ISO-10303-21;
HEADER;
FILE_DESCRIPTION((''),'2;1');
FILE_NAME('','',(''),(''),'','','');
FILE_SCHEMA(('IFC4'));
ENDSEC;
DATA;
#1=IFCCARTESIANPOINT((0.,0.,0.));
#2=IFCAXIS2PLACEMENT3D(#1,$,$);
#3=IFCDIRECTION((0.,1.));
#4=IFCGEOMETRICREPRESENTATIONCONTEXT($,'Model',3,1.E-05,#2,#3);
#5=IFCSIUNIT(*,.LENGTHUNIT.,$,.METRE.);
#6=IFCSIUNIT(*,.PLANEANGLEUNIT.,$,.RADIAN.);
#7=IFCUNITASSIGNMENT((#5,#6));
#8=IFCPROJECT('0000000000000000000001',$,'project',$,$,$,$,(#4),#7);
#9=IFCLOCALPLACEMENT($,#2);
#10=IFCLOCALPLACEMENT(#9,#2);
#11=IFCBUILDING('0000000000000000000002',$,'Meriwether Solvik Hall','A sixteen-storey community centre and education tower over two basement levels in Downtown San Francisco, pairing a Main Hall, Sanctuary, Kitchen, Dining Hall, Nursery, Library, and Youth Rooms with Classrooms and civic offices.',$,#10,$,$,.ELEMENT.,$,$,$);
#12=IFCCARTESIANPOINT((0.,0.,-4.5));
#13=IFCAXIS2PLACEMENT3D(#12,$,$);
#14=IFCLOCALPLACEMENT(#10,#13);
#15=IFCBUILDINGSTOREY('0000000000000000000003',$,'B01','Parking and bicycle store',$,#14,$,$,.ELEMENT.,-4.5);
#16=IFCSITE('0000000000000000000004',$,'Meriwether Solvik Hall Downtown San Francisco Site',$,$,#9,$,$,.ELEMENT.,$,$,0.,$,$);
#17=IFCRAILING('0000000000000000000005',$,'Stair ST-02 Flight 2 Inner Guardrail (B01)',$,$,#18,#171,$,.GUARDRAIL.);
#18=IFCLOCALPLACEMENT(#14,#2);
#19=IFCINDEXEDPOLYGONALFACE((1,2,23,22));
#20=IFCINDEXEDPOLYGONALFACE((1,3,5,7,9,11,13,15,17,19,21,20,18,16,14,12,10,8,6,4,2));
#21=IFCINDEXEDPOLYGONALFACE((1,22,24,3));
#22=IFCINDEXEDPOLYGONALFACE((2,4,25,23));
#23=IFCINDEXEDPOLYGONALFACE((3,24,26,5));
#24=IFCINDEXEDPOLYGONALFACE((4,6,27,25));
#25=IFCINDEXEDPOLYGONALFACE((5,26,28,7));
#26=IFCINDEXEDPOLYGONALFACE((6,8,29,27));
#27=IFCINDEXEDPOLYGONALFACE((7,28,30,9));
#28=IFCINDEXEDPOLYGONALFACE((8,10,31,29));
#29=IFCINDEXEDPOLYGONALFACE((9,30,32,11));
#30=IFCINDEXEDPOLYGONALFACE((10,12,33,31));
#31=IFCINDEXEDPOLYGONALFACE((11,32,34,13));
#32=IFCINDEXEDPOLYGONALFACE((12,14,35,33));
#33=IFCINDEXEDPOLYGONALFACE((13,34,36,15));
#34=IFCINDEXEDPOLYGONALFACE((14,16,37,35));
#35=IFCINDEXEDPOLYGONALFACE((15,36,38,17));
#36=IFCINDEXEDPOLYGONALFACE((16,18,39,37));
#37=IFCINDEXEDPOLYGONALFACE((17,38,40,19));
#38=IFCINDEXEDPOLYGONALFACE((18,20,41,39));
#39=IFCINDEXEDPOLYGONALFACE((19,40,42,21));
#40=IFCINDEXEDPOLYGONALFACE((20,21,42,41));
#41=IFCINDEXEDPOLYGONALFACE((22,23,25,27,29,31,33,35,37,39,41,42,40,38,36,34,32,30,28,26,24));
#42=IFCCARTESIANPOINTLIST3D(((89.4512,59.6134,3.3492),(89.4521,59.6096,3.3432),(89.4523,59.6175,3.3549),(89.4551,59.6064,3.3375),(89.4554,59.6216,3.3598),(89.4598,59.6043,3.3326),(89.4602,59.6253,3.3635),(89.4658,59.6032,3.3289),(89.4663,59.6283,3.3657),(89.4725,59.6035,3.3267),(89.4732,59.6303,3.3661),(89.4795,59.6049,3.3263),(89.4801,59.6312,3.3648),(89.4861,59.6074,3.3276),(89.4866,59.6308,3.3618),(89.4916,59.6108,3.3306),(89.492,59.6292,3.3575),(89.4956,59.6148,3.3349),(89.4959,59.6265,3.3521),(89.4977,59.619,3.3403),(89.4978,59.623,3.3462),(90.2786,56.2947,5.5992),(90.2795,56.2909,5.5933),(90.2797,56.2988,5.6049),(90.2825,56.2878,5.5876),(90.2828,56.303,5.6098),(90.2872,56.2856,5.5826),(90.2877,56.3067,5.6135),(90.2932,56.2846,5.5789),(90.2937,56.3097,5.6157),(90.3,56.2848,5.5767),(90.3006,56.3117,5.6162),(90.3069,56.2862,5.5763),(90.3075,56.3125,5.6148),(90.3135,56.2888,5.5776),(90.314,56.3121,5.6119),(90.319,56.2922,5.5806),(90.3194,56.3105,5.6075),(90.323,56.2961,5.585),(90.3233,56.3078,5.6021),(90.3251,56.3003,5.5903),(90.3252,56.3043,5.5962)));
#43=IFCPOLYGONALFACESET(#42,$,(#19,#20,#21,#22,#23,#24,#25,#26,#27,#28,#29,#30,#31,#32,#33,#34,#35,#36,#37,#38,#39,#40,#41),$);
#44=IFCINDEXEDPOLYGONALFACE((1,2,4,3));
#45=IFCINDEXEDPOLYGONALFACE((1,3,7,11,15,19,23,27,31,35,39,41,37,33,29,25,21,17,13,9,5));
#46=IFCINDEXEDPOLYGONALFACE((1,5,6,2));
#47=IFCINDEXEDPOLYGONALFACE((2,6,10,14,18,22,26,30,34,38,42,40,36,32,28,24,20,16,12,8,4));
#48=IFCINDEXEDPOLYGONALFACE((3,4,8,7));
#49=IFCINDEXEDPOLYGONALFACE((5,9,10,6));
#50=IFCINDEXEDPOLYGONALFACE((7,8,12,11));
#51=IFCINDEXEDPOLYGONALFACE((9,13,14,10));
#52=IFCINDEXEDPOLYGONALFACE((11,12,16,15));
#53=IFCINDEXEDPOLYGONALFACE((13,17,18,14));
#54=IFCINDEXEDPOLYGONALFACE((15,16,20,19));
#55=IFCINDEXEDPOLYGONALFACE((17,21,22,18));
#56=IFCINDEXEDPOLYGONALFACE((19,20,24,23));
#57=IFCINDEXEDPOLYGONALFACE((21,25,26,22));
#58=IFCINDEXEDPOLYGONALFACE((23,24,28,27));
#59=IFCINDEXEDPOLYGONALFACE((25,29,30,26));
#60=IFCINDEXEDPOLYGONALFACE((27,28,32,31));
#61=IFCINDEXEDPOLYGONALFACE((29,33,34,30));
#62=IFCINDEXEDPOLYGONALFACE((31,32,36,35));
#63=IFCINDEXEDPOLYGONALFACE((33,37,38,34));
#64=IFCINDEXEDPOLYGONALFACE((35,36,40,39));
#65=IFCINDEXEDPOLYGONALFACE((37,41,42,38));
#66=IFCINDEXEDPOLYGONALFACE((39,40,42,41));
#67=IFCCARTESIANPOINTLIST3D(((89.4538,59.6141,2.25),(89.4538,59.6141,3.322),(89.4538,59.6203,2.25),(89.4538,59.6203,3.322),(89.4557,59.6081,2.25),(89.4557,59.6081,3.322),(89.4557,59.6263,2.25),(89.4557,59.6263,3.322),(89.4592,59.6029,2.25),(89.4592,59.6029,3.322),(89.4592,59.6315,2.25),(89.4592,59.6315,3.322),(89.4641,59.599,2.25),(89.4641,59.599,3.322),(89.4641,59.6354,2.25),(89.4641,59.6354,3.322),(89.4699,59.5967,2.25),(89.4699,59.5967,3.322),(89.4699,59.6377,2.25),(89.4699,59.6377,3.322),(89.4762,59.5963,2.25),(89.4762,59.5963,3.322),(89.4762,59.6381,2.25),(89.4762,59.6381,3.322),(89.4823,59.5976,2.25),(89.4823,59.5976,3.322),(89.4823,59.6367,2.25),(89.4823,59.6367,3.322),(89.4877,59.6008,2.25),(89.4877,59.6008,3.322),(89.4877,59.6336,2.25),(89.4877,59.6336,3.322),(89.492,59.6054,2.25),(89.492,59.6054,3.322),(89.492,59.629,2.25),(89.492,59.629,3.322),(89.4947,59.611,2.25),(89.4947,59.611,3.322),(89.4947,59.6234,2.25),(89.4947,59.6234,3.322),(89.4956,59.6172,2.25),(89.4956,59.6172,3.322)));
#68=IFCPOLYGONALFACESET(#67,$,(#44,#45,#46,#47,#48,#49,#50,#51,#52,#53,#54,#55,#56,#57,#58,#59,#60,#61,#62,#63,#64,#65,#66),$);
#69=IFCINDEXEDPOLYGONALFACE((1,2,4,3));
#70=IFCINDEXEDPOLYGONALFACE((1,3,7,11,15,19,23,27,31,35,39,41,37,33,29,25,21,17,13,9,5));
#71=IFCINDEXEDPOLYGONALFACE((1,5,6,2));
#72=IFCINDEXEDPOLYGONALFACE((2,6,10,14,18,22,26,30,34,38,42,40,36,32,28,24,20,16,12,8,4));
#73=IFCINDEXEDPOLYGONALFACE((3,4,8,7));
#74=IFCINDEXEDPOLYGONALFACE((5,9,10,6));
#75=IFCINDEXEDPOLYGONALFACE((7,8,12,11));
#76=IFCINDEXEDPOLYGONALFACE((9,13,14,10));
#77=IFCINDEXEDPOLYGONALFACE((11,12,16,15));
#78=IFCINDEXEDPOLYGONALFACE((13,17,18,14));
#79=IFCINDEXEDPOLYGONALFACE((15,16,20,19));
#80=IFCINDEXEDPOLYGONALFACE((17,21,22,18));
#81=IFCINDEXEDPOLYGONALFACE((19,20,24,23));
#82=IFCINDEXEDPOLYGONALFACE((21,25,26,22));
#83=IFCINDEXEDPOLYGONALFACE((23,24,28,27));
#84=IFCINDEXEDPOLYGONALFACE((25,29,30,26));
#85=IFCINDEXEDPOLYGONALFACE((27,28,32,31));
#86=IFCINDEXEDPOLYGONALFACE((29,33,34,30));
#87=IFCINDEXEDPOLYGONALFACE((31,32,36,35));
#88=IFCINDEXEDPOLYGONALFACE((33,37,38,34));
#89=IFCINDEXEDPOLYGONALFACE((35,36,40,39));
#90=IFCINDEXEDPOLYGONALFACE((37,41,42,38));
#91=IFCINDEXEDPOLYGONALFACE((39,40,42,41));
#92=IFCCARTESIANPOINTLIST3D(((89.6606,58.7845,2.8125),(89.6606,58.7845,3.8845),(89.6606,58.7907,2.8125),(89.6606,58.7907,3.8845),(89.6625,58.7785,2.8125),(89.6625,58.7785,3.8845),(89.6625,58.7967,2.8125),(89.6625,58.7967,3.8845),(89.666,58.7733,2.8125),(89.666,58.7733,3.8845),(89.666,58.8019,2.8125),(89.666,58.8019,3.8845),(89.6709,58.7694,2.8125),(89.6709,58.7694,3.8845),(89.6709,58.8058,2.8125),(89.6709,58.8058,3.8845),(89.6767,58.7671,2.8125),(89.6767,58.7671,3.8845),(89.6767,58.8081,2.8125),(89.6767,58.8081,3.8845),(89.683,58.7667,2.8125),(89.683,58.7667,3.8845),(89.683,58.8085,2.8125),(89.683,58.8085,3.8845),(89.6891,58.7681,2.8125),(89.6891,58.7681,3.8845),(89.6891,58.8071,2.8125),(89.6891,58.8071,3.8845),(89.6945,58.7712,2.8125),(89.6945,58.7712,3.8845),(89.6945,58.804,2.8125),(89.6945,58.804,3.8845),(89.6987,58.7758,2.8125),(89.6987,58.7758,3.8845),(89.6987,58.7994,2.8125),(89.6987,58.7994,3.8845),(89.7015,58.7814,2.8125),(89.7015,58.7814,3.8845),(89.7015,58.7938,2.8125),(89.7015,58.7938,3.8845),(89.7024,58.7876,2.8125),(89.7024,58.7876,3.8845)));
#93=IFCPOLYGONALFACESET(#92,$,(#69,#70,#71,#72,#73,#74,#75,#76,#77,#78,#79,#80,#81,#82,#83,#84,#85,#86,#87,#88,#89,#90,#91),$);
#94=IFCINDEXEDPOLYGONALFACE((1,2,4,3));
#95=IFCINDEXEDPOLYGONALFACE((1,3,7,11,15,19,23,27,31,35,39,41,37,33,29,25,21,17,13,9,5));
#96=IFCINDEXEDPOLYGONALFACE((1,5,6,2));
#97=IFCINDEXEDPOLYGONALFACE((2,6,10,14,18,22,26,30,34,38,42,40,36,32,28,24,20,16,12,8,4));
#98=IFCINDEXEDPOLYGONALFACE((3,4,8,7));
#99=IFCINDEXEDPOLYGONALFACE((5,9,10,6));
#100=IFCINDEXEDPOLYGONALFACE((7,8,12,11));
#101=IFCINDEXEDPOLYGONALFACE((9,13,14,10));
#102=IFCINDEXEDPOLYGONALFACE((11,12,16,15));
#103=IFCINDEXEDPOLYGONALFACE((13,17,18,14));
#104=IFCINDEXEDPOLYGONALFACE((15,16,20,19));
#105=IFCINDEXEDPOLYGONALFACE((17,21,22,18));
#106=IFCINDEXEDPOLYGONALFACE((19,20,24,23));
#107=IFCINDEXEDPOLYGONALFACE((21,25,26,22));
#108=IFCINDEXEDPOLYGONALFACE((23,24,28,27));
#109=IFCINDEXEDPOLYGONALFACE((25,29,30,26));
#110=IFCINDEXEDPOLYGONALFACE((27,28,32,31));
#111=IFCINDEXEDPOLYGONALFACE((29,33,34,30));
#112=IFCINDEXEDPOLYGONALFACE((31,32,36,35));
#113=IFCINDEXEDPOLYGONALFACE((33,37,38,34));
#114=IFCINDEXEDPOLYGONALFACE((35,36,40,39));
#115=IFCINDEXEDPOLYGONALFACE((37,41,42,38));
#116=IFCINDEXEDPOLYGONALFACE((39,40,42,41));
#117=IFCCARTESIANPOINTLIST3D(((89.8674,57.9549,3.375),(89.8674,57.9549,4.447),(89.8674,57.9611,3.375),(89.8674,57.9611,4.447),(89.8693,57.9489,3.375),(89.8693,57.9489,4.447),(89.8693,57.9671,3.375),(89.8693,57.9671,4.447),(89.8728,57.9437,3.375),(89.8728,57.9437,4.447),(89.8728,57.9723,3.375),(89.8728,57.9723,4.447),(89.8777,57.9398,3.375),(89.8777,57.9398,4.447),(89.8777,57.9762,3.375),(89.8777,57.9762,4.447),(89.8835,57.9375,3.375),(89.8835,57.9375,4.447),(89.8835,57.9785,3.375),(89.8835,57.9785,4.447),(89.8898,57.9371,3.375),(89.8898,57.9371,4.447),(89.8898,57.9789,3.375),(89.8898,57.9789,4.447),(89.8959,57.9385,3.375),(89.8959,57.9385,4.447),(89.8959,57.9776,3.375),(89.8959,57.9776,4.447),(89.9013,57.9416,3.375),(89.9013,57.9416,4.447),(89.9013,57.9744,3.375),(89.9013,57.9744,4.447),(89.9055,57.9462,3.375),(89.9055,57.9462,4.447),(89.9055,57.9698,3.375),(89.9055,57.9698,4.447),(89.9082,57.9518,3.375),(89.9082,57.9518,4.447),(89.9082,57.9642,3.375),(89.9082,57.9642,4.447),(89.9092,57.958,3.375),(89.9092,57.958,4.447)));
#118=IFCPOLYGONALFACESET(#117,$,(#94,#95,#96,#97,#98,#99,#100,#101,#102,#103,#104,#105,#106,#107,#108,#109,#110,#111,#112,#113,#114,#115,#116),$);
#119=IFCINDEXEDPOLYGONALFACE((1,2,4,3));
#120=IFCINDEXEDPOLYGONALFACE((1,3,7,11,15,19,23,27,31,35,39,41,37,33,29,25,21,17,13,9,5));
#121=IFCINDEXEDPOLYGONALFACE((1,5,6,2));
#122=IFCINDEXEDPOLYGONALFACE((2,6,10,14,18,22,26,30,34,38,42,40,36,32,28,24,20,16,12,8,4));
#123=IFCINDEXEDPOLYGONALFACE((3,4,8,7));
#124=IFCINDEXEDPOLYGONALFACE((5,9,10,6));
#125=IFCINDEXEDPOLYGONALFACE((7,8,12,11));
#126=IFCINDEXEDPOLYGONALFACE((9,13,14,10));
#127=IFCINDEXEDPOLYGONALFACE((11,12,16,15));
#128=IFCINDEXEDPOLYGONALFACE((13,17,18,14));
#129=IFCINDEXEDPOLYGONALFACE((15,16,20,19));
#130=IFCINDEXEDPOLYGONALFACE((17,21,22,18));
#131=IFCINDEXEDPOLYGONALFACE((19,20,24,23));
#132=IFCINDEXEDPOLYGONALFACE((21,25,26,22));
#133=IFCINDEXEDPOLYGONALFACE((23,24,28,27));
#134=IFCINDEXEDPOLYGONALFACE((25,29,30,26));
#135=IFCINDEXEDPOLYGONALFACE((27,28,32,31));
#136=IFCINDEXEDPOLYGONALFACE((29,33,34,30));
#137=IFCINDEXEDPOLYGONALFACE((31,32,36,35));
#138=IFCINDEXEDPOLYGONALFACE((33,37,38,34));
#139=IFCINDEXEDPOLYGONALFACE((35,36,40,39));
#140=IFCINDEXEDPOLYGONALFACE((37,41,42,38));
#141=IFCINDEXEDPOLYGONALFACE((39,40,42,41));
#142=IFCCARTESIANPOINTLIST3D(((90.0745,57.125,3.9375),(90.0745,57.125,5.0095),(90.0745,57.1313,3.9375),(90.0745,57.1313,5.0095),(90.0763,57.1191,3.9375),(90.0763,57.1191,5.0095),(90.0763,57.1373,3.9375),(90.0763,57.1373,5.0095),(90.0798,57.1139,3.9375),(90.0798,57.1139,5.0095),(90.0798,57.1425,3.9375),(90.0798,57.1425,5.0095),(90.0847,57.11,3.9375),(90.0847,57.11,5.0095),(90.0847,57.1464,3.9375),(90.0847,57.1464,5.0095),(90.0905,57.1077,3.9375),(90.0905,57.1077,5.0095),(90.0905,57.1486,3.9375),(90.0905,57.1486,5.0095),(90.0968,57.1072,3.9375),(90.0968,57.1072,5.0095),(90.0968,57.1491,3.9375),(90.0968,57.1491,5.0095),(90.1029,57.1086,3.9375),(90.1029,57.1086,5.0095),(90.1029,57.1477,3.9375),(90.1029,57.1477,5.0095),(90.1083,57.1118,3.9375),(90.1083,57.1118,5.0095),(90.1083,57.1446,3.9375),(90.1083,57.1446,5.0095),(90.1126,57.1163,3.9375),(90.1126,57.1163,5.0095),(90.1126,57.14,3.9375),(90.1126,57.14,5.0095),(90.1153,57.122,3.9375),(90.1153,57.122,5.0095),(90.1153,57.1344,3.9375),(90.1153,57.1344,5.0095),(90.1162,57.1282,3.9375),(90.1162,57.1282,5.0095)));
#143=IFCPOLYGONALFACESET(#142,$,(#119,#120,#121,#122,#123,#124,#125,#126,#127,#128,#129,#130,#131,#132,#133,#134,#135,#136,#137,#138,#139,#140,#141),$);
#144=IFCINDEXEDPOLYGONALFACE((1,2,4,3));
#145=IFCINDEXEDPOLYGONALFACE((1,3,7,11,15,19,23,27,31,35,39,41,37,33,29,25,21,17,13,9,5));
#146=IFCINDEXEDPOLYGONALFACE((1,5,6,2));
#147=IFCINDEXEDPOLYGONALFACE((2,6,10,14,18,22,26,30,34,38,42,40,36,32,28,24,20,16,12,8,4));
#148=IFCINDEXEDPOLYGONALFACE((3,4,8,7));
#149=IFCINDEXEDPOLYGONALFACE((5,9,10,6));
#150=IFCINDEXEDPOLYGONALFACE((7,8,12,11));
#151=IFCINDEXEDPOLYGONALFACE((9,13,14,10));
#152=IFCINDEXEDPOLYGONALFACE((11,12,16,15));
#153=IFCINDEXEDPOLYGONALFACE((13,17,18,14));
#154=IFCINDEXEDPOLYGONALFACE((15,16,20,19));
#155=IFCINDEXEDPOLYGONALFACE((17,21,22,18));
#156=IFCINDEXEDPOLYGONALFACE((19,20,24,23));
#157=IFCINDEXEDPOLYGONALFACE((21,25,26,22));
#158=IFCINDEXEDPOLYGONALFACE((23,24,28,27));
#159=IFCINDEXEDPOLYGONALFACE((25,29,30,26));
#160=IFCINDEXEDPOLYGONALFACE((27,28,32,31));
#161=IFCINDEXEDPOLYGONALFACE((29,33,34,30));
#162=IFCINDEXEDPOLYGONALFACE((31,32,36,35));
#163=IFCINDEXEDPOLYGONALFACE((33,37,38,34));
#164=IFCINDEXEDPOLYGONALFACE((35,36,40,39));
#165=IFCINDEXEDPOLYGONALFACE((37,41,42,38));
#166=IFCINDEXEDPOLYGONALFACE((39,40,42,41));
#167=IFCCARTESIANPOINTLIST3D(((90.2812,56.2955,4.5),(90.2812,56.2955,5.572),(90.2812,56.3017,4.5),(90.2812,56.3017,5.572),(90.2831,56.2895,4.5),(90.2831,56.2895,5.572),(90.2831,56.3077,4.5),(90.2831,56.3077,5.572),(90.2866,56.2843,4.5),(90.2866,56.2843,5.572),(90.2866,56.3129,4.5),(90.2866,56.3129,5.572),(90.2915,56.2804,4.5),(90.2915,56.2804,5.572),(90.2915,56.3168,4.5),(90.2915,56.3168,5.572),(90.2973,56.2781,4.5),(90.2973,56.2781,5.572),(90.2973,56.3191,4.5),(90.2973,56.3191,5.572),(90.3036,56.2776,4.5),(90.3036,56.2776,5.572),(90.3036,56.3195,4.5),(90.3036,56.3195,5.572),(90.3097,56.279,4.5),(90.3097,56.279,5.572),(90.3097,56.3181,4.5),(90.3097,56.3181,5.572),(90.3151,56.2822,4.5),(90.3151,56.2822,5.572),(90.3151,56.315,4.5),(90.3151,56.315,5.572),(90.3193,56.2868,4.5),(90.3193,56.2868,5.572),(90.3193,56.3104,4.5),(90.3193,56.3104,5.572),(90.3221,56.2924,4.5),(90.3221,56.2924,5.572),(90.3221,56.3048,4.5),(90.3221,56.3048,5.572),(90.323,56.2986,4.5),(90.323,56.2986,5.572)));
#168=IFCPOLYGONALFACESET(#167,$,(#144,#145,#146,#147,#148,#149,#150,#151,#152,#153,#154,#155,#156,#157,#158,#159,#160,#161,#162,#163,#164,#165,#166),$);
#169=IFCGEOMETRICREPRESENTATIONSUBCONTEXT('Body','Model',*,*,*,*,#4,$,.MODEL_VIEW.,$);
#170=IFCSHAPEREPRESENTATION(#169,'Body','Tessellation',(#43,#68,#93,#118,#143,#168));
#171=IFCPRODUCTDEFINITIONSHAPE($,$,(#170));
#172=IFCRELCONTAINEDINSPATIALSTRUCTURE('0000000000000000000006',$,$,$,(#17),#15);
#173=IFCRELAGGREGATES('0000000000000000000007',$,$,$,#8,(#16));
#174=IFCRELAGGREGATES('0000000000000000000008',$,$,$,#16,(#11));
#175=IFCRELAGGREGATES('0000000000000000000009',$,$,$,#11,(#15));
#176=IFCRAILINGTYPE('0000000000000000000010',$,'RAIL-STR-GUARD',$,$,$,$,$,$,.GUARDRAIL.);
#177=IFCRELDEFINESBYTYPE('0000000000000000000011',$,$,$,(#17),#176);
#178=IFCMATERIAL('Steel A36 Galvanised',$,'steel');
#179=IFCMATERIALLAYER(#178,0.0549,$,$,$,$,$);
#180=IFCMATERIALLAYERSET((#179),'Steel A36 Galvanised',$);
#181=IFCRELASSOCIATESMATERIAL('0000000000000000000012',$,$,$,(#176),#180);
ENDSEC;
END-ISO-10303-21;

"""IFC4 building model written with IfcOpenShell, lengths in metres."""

from ifc_helpers import new_model, si_unit, direction, frame, origin, origin_2d, place, context, subcontext, project, spatial, circle, extrude, material, layer, layer_set, type_object, element, save


model = new_model("IFC4")

# Units and contexts
model_context = context("Model", 3, precision=1e-05, world=origin(), true_north=direction((0.0, 1.0)))
body_context = subcontext(model_context, "Body", "Model", "MODEL_VIEW")
ifc_project = project(units=[si_unit("LENGTHUNIT", "METRE"), si_unit("PLANEANGLEUNIT", "RADIAN")], contexts=[model_context])

# Site, building, storey
site_placement = place(None, origin())
site = spatial("IfcSite", under=ifc_project, at=site_placement, Name="Meriwether Solvik Hall Downtown San Francisco Site", CompositionType="ELEMENT", RefElevation=0.0)
building_placement = place(site_placement, origin())
building = spatial("IfcBuilding", under=site, at=building_placement, Name="Meriwether Solvik Hall", Description="A sixteen-storey community centre and education tower over two basement levels in Downtown San Francisco, pairing a Main Hall, Sanctuary, Kitchen, Dining Hall, Nursery, Library, and Youth Rooms with Classrooms and civic offices.", CompositionType="ELEMENT")
storey_placement = place(building_placement, frame((0.0, 0.0, -4.5)))
storey = spatial("IfcBuildingStorey", under=building, at=storey_placement, Name="B01", Description="Parking and bicycle store", CompositionType="ELEMENT", Elevation=-4.5)

# Railing
ifc_material_1 = material(Name="Steel A36 Galvanised", Category="steel")
ifc_layer_1 = layer(ifc_material_1, 0.0549)
ifc_layer_set_1 = layer_set([ifc_layer_1], Name="Steel A36 Galvanised")
railing_type_1 = type_object("IfcRailingType", Name="RAIL-STR-GUARD", PredefinedType="GUARDRAIL", material=ifc_layer_set_1)
railing_1_placement = place(storey_placement, frame((89.4746, 59.6172, 2.25)))
element("IfcRailing", 1, at=railing_1_placement, inside=storey, type_object=railing_type_1, Name="Stair ST-02 Flight 2 Inner Guardrail (B01)", PredefinedType="GUARDRAIL", context=body_context, shape_type="SweptSolid", body=[
    extrude(circle(Radius=0.0239, at=origin_2d()), frame((0.0, 0.0, 1.0962), z_axis=(0.202103, -0.810617, 0.549595), x_axis=(0.970298, 0.241914, 0.0)), (0.0, 0.0, 1.0), 4.094),
    extrude(circle(Radius=0.021, at=origin_2d()), origin(), (0.0, 0.0, 1.0), 1.072),
    extrude(circle(Radius=0.021, at=origin_2d()), frame((0.2068, -0.8296, 0.5625)), (0.0, 0.0, 1.0), 1.072),
    extrude(circle(Radius=0.021, at=origin_2d()), frame((0.4136, -1.6592, 1.125)), (0.0, 0.0, 1.0), 1.072),
    extrude(circle(Radius=0.021, at=origin_2d()), frame((0.6206, -2.489, 1.6875)), (0.0, 0.0, 1.0), 1.072),
    extrude(circle(Radius=0.021, at=origin_2d()), frame((0.8274, -3.3186, 2.25)), (0.0, 0.0, 1.0), 1.072),
])

save(model, "model.ifc")
